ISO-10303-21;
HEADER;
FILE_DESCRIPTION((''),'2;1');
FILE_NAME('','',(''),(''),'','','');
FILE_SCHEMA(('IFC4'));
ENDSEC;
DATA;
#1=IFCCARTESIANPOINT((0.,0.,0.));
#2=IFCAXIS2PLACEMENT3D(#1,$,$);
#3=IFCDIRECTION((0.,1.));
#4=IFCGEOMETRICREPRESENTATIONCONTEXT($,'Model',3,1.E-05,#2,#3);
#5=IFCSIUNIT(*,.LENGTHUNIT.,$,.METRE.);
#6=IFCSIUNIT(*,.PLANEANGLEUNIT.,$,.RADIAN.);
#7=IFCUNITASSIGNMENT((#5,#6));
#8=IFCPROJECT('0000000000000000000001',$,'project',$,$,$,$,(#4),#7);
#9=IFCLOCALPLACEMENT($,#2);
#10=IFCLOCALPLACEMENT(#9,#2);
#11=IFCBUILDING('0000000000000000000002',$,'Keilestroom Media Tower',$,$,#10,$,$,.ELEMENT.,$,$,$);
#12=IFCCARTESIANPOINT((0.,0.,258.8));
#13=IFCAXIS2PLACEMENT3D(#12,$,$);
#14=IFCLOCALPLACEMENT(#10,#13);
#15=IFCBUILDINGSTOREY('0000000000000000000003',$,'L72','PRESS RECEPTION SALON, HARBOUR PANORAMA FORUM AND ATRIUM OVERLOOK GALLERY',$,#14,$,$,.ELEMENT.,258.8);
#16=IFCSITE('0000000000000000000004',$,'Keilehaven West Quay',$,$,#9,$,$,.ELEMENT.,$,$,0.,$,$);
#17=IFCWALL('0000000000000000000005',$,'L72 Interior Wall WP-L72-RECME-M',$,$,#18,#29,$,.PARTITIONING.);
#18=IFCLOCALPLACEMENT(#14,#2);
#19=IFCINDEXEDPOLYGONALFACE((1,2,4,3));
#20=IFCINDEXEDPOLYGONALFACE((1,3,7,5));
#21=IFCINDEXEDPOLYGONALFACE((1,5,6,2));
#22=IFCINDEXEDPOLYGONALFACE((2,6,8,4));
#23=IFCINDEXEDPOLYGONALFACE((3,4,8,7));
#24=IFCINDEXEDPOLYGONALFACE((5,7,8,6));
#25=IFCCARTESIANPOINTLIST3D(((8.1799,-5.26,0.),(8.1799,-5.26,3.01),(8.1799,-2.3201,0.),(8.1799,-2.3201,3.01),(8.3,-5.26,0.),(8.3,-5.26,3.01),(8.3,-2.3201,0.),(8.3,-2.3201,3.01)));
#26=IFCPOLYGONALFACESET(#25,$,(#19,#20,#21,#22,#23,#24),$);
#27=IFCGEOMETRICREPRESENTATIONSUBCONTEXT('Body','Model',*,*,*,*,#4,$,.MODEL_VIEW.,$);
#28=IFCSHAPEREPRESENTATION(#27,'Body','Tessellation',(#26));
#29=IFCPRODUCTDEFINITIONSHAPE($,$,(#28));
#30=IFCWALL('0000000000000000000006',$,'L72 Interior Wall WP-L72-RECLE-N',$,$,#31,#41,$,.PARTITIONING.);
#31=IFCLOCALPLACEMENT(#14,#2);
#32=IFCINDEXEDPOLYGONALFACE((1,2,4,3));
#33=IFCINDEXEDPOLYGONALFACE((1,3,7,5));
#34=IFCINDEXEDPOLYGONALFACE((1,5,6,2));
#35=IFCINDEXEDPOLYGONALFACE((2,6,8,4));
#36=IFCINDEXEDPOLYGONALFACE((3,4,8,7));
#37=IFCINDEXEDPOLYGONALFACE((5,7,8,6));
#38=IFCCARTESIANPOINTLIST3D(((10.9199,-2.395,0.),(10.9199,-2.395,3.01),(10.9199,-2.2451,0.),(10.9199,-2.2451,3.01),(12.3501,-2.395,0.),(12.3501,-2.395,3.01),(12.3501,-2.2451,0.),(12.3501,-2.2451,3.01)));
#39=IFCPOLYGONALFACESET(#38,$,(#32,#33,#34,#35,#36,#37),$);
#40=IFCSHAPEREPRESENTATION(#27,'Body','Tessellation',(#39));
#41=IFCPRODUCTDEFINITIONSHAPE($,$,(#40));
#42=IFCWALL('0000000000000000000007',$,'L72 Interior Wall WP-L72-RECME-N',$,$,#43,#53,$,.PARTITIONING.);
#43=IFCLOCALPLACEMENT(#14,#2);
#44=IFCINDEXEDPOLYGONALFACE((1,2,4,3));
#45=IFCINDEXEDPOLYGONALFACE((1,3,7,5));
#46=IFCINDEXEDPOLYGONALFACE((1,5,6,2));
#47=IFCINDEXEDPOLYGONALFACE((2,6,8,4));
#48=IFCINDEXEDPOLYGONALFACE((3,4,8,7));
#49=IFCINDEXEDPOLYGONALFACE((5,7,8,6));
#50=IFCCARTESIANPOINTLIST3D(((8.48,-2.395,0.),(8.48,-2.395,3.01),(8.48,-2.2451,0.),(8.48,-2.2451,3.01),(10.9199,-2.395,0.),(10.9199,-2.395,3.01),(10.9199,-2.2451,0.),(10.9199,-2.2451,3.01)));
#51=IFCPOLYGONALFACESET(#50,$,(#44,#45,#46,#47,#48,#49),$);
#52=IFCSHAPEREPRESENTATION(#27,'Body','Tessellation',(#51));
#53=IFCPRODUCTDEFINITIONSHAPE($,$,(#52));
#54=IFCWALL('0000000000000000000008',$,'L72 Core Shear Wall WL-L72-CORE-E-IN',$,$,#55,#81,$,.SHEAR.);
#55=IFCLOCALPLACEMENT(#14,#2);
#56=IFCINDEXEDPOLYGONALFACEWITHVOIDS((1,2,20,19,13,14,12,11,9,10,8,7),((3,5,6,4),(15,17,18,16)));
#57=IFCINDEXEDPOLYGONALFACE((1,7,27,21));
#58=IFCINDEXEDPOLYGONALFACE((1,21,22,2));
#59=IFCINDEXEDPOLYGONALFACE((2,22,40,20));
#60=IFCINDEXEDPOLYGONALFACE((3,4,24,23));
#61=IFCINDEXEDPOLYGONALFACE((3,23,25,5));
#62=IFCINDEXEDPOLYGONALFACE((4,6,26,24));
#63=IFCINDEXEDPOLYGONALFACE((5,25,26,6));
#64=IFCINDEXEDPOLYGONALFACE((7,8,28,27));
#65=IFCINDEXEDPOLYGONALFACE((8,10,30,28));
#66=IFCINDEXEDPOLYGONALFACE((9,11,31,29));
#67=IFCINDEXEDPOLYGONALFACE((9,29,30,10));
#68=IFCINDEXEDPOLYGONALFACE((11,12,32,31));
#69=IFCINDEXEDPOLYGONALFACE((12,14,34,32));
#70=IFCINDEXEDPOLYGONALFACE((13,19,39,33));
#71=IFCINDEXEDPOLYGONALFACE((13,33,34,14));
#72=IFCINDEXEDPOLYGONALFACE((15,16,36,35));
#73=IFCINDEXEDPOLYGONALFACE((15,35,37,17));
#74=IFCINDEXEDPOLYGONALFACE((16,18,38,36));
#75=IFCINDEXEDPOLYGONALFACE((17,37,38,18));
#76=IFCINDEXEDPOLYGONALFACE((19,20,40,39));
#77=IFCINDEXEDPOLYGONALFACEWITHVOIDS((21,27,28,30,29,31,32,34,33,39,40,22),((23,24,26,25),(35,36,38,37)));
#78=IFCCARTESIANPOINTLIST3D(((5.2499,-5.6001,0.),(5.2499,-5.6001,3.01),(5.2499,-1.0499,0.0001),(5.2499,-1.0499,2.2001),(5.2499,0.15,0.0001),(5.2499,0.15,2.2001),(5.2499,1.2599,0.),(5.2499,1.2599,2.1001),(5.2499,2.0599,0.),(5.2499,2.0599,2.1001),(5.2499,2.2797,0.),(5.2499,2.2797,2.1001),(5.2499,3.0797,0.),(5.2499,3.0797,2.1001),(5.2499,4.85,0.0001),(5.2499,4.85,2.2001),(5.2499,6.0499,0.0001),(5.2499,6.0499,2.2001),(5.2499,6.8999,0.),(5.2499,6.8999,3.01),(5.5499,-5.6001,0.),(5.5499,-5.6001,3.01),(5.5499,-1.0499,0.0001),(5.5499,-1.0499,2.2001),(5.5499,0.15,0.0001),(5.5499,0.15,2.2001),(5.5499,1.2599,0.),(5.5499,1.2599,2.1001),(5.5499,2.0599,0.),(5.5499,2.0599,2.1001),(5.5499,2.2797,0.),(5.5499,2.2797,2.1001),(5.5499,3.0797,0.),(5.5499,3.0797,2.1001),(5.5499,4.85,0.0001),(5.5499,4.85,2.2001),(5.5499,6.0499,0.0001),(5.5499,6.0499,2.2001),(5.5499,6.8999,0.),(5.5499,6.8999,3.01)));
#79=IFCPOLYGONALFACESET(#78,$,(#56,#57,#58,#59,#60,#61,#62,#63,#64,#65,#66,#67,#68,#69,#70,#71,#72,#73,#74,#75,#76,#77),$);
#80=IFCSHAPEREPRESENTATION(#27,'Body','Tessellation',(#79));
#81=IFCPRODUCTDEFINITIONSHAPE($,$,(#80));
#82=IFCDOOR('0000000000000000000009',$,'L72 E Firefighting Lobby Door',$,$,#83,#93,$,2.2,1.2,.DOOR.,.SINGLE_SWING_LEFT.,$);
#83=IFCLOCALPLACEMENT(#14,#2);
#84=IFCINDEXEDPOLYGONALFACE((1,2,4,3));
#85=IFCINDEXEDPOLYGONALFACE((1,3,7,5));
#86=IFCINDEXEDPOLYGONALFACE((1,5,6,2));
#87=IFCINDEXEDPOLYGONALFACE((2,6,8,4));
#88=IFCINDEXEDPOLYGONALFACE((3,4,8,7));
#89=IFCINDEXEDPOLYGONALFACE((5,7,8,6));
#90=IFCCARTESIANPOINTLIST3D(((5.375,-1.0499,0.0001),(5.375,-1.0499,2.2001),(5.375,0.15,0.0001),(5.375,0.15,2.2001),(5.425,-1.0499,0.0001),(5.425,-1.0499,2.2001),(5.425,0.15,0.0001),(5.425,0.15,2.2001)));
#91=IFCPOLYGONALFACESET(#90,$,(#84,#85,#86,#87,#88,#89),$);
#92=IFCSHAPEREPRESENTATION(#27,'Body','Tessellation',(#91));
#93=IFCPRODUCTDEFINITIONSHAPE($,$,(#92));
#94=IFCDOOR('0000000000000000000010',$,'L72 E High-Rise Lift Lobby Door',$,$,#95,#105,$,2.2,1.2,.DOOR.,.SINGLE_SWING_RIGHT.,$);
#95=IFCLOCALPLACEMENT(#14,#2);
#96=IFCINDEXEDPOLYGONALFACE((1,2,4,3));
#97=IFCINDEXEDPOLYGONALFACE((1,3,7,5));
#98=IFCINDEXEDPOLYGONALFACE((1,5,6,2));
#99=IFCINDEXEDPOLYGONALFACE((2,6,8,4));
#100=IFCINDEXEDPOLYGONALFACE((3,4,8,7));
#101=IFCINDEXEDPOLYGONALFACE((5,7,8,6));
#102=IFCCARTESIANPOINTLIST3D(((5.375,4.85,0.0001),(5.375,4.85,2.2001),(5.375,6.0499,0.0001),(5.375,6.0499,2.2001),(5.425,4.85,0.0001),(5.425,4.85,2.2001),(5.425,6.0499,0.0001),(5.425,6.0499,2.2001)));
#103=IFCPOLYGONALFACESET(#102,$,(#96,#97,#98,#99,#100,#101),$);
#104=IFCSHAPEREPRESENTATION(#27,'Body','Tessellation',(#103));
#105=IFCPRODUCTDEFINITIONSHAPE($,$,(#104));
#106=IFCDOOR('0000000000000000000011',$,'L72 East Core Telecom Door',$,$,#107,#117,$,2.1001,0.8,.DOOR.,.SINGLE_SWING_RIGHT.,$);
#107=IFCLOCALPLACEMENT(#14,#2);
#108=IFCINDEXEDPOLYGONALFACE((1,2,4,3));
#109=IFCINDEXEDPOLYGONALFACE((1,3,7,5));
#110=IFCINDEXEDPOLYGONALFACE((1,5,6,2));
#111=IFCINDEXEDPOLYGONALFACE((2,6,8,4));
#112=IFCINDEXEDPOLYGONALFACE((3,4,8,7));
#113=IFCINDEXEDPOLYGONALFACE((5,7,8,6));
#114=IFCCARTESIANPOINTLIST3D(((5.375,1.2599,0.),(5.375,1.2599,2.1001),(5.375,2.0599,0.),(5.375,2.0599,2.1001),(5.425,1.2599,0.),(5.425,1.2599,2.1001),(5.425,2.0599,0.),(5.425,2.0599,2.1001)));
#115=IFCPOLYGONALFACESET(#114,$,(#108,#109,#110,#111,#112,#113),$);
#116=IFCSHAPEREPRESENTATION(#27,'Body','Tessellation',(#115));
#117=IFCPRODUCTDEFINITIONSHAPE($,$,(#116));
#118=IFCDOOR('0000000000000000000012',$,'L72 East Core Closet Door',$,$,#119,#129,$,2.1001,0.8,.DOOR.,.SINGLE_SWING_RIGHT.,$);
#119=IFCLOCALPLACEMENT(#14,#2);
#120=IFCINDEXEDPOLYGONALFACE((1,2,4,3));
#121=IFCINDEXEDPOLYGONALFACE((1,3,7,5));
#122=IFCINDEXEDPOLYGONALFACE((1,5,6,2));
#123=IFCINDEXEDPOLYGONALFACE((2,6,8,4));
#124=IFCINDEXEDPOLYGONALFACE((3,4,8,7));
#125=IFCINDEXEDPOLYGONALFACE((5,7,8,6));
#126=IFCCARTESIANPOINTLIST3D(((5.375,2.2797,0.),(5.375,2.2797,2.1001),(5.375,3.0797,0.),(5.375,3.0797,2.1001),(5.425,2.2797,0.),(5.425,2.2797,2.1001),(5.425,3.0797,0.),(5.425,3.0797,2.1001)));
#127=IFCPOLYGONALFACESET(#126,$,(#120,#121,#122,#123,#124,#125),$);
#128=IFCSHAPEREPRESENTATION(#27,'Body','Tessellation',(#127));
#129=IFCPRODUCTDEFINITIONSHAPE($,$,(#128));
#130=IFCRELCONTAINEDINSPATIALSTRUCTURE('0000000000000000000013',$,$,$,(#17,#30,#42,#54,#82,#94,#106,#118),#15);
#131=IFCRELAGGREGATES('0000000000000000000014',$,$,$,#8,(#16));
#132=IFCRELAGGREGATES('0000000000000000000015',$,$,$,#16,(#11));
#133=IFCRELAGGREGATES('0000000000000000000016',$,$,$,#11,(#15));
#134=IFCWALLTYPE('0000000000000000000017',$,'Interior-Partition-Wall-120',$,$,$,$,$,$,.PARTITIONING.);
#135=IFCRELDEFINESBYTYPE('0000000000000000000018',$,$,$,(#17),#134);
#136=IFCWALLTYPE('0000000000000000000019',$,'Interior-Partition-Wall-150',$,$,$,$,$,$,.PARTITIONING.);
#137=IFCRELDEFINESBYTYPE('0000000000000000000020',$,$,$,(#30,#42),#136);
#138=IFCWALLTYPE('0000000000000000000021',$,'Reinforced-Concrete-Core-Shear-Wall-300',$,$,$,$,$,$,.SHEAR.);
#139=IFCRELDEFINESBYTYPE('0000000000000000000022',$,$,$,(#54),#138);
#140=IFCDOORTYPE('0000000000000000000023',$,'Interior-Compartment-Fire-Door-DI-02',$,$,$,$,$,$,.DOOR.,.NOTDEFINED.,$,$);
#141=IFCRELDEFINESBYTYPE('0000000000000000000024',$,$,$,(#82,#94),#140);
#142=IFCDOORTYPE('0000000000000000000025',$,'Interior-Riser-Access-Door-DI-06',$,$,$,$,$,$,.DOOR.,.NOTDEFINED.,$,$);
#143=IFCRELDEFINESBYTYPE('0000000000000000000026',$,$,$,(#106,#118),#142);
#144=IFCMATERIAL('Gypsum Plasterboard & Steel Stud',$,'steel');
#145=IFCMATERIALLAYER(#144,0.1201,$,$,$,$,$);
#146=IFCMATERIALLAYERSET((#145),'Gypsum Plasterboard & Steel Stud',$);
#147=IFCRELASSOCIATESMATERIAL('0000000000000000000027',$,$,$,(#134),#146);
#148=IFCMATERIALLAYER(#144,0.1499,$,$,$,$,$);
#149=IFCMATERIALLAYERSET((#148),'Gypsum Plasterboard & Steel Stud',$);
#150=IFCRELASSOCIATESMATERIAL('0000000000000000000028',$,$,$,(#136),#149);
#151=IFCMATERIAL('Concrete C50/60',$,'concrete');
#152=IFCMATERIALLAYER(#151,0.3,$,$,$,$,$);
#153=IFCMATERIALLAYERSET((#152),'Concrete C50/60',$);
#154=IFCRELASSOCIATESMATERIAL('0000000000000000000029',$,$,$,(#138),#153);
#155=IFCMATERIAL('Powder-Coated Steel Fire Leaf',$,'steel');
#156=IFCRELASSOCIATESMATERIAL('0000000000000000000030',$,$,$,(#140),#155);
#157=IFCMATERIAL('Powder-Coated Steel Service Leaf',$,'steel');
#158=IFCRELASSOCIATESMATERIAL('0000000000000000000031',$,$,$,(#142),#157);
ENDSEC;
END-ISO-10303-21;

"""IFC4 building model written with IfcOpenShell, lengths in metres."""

from ifc_helpers import new_model, si_unit, direction, frame, frame_2d, origin, place, context, subcontext, project, spatial, rectangle, extrude, source, transform, mapped, material, layer, layer_set, type_object, element, fill, save


model = new_model("IFC4")

# Units and contexts
model_context = context("Model", 3, precision=1e-05, world=origin(), true_north=direction((0.0, 1.0)))
body_context = subcontext(model_context, "Body", "Model", "MODEL_VIEW")
ifc_project = project(units=[si_unit("LENGTHUNIT", "METRE"), si_unit("PLANEANGLEUNIT", "RADIAN")], contexts=[model_context])

# Site, building, storey
site_placement = place(None, origin())
site = spatial("IfcSite", under=ifc_project, at=site_placement, Name="Keilehaven West Quay", CompositionType="ELEMENT", RefElevation=0.0)
building_placement = place(site_placement, origin())
building = spatial("IfcBuilding", under=site, at=building_placement, Name="Keilestroom Media Tower", CompositionType="ELEMENT")
storey_placement = place(building_placement, frame((0.0, 0.0, 258.8)))
storey = spatial("IfcBuildingStorey", under=building, at=storey_placement, Name="L72", Description="PRESS RECEPTION SALON, HARBOUR PANORAMA FORUM AND ATRIUM OVERLOOK GALLERY", CompositionType="ELEMENT", Elevation=258.8)

# Shared definitions
ifc_material_1 = material(Name="Concrete C50/60", Category="concrete")

# Walls
ifc_material_2 = material(Name="Gypsum Plasterboard & Steel Stud", Category="steel")
ifc_layer_1 = layer(ifc_material_2, 0.1201)
ifc_layer_set_1 = layer_set([ifc_layer_1], Name="Gypsum Plasterboard & Steel Stud")
wall_type_1 = type_object("IfcWallType", Name="Interior-Partition-Wall-120", PredefinedType="PARTITIONING", material=ifc_layer_set_1)
wall_1_placement = place(storey_placement, frame((8.24, -5.26, 0.0), z_axis=(0.0, 0.0, 1.0), x_axis=(0.0, 1.0, 0.0)))
element("IfcWall", 1, at=wall_1_placement, inside=storey, type_object=wall_type_1, Name="L72 Interior Wall WP-L72-RECME-M", PredefinedType="PARTITIONING", context=body_context, shape_type="SweptSolid", body=[
    extrude(rectangle(XDim=2.9399, YDim=0.1201, at=frame_2d((1.47, 0.0))), origin(), (0.0, 0.0, 1.0), 3.01),
])
ifc_layer_2 = layer(ifc_material_2, 0.1499)
ifc_layer_set_2 = layer_set([ifc_layer_2], Name="Gypsum Plasterboard & Steel Stud")
wall_type_2 = type_object("IfcWallType", Name="Interior-Partition-Wall-150", PredefinedType="PARTITIONING", material=ifc_layer_set_2)
wall_2_placement = place(storey_placement, frame((10.9199, -2.3201, 0.0), z_axis=(0.0, 0.0, 1.0), x_axis=(1.0, 0.0, 0.0)))
element("IfcWall", 2, at=wall_2_placement, inside=storey, type_object=wall_type_2, Name="L72 Interior Wall WP-L72-RECLE-N", PredefinedType="PARTITIONING", context=body_context, shape_type="SweptSolid", body=[
    extrude(rectangle(XDim=1.4302, YDim=0.1499, at=frame_2d((0.7151, 0.0))), origin(), (0.0, 0.0, 1.0), 3.01),
])
wall_3_placement = place(storey_placement, frame((8.48, -2.3201, 0.0), z_axis=(0.0, 0.0, 1.0), x_axis=(1.0, 0.0, 0.0)))
element("IfcWall", 3, at=wall_3_placement, inside=storey, type_object=wall_type_2, Name="L72 Interior Wall WP-L72-RECME-N", PredefinedType="PARTITIONING", context=body_context, shape_type="SweptSolid", body=[
    extrude(rectangle(XDim=2.4399, YDim=0.1499, at=frame_2d((1.22, 0.0))), origin(), (0.0, 0.0, 1.0), 3.01),
])

# Wall, openings, doors
ifc_layer_3 = layer(ifc_material_1, 0.3)
ifc_layer_set_3 = layer_set([ifc_layer_3], Name="Concrete C50/60")
wall_type_3 = type_object("IfcWallType", Name="Reinforced-Concrete-Core-Shear-Wall-300", PredefinedType="SHEAR", material=ifc_layer_set_3)
wall_4_placement = place(storey_placement, frame((5.3999, -5.6001, 0.0), z_axis=(0.0, 0.0, 1.0), x_axis=(0.0, 1.0, 0.0)))
wall_4 = element("IfcWall", 4, at=wall_4_placement, inside=storey, type_object=wall_type_3, Name="L72 Core Shear Wall WL-L72-CORE-E-IN", PredefinedType="SHEAR", context=body_context, shape_type="SweptSolid", body=[
    extrude(rectangle(XDim=12.5, YDim=0.3, at=frame_2d((6.25, 0.0))), origin(), (0.0, 0.0, 1.0), 3.01),
])
opening_1_placement = place(wall_4_placement, frame((4.55, 0.0, 0.0)))
opening_1 = element("IfcOpeningElement", 5, at=opening_1_placement, cuts=wall_4, PredefinedType="OPENING", context=body_context, shape_type="SweptSolid", body=[
    extrude(rectangle(XDim=1.2, YDim=2.2, at=frame_2d((0.6001, 1.1001))), frame((0.0, 0.1602, 0.0), z_axis=(0.0, -1.0, 0.0), x_axis=(1.0, 0.0, 0.0)), (0.0, 0.0, 1.0), 0.3201),
])
opening_2_placement = place(wall_4_placement, frame((10.45, 0.0, 0.0)))
opening_2 = element("IfcOpeningElement", 6, at=opening_2_placement, cuts=wall_4, PredefinedType="OPENING", context=body_context, shape_type="SweptSolid", body=[
    extrude(rectangle(XDim=1.2, YDim=2.2, at=frame_2d((0.6001, 1.1001))), frame((0.0, 0.1602, 0.0), z_axis=(0.0, -1.0, 0.0), x_axis=(1.0, 0.0, 0.0)), (0.0, 0.0, 1.0), 0.3201),
])
opening_3_placement = place(wall_4_placement, frame((6.8601, 0.0, 0.0)))
opening_3 = element("IfcOpeningElement", 7, at=opening_3_placement, cuts=wall_4, PredefinedType="OPENING", context=body_context, shape_type="SweptSolid", body=[
    extrude(rectangle(XDim=0.8, YDim=2.1001, at=frame_2d((0.3999, 1.05))), frame((0.0, 0.1602, 0.0), z_axis=(0.0, -1.0, 0.0), x_axis=(1.0, 0.0, 0.0)), (0.0, 0.0, 1.0), 0.3201),
])
opening_4_placement = place(wall_4_placement, frame((7.8799, 0.0, 0.0)))
opening_4 = element("IfcOpeningElement", 8, at=opening_4_placement, cuts=wall_4, PredefinedType="OPENING", context=body_context, shape_type="SweptSolid", body=[
    extrude(rectangle(XDim=0.8, YDim=2.1001, at=frame_2d((0.3999, 1.05))), frame((0.0, 0.1602, 0.0), z_axis=(0.0, -1.0, 0.0), x_axis=(1.0, 0.0, 0.0)), (0.0, 0.0, 1.0), 0.3201),
])
ifc_material_3 = material(Name="Powder-Coated Steel Fire Leaf", Category="steel")
door_type_1 = type_object("IfcDoorType", Name="Interior-Compartment-Fire-Door-DI-02", OperationType="NOTDEFINED", PredefinedType="DOOR", material=ifc_material_3)
shared_shape_1 = source(origin(), body_context, "Body", "SweptSolid", [
    extrude(rectangle(XDim=1.2, YDim=2.2, at=frame_2d((0.6001, 1.1001))), frame((0.0, 0.0249, 0.0), z_axis=(0.0, -1.0, 0.0), x_axis=(1.0, 0.0, 0.0)), (0.0, 0.0, 1.0), 0.05),
])
door_1_placement = place(opening_1_placement, origin())
door_1 = element("IfcDoor", 9, at=door_1_placement, inside=storey, type_object=door_type_1, Name="L72 E Firefighting Lobby Door", OperationType="SINGLE_SWING_LEFT", OverallHeight=2.2, OverallWidth=1.2, PredefinedType="DOOR", context=body_context, shape_type="MappedRepresentation", body=[
    mapped(shared_shape_1, transform((0.0, 0.0, 0.0), x_axis=(1.0, 0.0, 0.0), y_axis=(0.0, 1.0, 0.0), z_axis=(0.0, 0.0, 1.0), scale=1.0)),
])
fill(opening_1, door_1)
door_2_placement = place(opening_2_placement, origin())
door_2 = element("IfcDoor", 10, at=door_2_placement, inside=storey, type_object=door_type_1, Name="L72 E High-Rise Lift Lobby Door", OperationType="SINGLE_SWING_RIGHT", OverallHeight=2.2, OverallWidth=1.2, PredefinedType="DOOR", context=body_context, shape_type="MappedRepresentation", body=[
    mapped(shared_shape_1, transform((0.0, 0.0, 0.0), x_axis=(1.0, 0.0, 0.0), y_axis=(0.0, 1.0, 0.0), z_axis=(0.0, 0.0, 1.0), scale=1.0)),
])
fill(opening_2, door_2)
ifc_material_4 = material(Name="Powder-Coated Steel Service Leaf", Category="steel")
door_type_2 = type_object("IfcDoorType", Name="Interior-Riser-Access-Door-DI-06", OperationType="NOTDEFINED", PredefinedType="DOOR", material=ifc_material_4)
shared_shape_2 = source(origin(), body_context, "Body", "SweptSolid", [
    extrude(rectangle(XDim=0.8, YDim=2.1001, at=frame_2d((0.3999, 1.05))), frame((0.0, 0.0249, 0.0), z_axis=(0.0, -1.0, 0.0), x_axis=(1.0, 0.0, 0.0)), (0.0, 0.0, 1.0), 0.05),
])
door_3_placement = place(opening_3_placement, origin())
door_3 = element("IfcDoor", 11, at=door_3_placement, inside=storey, type_object=door_type_2, Name="L72 East Core Telecom Door", OperationType="SINGLE_SWING_RIGHT", OverallHeight=2.1001, OverallWidth=0.8, PredefinedType="DOOR", context=body_context, shape_type="MappedRepresentation", body=[
    mapped(shared_shape_2, transform((0.0, 0.0, 0.0), x_axis=(1.0, 0.0, 0.0), y_axis=(0.0, 1.0, 0.0), z_axis=(0.0, 0.0, 1.0), scale=1.0)),
])
fill(opening_3, door_3)
door_4_placement = place(opening_4_placement, origin())
door_4 = element("IfcDoor", 12, at=door_4_placement, inside=storey, type_object=door_type_2, Name="L72 East Core Closet Door", OperationType="SINGLE_SWING_RIGHT", OverallHeight=2.1001, OverallWidth=0.8, PredefinedType="DOOR", context=body_context, shape_type="MappedRepresentation", body=[
    mapped(shared_shape_2, transform((0.0, 0.0, 0.0), x_axis=(1.0, 0.0, 0.0), y_axis=(0.0, 1.0, 0.0), z_axis=(0.0, 0.0, 1.0), scale=1.0)),
])
fill(opening_4, door_4)

save(model, "model.ifc")
